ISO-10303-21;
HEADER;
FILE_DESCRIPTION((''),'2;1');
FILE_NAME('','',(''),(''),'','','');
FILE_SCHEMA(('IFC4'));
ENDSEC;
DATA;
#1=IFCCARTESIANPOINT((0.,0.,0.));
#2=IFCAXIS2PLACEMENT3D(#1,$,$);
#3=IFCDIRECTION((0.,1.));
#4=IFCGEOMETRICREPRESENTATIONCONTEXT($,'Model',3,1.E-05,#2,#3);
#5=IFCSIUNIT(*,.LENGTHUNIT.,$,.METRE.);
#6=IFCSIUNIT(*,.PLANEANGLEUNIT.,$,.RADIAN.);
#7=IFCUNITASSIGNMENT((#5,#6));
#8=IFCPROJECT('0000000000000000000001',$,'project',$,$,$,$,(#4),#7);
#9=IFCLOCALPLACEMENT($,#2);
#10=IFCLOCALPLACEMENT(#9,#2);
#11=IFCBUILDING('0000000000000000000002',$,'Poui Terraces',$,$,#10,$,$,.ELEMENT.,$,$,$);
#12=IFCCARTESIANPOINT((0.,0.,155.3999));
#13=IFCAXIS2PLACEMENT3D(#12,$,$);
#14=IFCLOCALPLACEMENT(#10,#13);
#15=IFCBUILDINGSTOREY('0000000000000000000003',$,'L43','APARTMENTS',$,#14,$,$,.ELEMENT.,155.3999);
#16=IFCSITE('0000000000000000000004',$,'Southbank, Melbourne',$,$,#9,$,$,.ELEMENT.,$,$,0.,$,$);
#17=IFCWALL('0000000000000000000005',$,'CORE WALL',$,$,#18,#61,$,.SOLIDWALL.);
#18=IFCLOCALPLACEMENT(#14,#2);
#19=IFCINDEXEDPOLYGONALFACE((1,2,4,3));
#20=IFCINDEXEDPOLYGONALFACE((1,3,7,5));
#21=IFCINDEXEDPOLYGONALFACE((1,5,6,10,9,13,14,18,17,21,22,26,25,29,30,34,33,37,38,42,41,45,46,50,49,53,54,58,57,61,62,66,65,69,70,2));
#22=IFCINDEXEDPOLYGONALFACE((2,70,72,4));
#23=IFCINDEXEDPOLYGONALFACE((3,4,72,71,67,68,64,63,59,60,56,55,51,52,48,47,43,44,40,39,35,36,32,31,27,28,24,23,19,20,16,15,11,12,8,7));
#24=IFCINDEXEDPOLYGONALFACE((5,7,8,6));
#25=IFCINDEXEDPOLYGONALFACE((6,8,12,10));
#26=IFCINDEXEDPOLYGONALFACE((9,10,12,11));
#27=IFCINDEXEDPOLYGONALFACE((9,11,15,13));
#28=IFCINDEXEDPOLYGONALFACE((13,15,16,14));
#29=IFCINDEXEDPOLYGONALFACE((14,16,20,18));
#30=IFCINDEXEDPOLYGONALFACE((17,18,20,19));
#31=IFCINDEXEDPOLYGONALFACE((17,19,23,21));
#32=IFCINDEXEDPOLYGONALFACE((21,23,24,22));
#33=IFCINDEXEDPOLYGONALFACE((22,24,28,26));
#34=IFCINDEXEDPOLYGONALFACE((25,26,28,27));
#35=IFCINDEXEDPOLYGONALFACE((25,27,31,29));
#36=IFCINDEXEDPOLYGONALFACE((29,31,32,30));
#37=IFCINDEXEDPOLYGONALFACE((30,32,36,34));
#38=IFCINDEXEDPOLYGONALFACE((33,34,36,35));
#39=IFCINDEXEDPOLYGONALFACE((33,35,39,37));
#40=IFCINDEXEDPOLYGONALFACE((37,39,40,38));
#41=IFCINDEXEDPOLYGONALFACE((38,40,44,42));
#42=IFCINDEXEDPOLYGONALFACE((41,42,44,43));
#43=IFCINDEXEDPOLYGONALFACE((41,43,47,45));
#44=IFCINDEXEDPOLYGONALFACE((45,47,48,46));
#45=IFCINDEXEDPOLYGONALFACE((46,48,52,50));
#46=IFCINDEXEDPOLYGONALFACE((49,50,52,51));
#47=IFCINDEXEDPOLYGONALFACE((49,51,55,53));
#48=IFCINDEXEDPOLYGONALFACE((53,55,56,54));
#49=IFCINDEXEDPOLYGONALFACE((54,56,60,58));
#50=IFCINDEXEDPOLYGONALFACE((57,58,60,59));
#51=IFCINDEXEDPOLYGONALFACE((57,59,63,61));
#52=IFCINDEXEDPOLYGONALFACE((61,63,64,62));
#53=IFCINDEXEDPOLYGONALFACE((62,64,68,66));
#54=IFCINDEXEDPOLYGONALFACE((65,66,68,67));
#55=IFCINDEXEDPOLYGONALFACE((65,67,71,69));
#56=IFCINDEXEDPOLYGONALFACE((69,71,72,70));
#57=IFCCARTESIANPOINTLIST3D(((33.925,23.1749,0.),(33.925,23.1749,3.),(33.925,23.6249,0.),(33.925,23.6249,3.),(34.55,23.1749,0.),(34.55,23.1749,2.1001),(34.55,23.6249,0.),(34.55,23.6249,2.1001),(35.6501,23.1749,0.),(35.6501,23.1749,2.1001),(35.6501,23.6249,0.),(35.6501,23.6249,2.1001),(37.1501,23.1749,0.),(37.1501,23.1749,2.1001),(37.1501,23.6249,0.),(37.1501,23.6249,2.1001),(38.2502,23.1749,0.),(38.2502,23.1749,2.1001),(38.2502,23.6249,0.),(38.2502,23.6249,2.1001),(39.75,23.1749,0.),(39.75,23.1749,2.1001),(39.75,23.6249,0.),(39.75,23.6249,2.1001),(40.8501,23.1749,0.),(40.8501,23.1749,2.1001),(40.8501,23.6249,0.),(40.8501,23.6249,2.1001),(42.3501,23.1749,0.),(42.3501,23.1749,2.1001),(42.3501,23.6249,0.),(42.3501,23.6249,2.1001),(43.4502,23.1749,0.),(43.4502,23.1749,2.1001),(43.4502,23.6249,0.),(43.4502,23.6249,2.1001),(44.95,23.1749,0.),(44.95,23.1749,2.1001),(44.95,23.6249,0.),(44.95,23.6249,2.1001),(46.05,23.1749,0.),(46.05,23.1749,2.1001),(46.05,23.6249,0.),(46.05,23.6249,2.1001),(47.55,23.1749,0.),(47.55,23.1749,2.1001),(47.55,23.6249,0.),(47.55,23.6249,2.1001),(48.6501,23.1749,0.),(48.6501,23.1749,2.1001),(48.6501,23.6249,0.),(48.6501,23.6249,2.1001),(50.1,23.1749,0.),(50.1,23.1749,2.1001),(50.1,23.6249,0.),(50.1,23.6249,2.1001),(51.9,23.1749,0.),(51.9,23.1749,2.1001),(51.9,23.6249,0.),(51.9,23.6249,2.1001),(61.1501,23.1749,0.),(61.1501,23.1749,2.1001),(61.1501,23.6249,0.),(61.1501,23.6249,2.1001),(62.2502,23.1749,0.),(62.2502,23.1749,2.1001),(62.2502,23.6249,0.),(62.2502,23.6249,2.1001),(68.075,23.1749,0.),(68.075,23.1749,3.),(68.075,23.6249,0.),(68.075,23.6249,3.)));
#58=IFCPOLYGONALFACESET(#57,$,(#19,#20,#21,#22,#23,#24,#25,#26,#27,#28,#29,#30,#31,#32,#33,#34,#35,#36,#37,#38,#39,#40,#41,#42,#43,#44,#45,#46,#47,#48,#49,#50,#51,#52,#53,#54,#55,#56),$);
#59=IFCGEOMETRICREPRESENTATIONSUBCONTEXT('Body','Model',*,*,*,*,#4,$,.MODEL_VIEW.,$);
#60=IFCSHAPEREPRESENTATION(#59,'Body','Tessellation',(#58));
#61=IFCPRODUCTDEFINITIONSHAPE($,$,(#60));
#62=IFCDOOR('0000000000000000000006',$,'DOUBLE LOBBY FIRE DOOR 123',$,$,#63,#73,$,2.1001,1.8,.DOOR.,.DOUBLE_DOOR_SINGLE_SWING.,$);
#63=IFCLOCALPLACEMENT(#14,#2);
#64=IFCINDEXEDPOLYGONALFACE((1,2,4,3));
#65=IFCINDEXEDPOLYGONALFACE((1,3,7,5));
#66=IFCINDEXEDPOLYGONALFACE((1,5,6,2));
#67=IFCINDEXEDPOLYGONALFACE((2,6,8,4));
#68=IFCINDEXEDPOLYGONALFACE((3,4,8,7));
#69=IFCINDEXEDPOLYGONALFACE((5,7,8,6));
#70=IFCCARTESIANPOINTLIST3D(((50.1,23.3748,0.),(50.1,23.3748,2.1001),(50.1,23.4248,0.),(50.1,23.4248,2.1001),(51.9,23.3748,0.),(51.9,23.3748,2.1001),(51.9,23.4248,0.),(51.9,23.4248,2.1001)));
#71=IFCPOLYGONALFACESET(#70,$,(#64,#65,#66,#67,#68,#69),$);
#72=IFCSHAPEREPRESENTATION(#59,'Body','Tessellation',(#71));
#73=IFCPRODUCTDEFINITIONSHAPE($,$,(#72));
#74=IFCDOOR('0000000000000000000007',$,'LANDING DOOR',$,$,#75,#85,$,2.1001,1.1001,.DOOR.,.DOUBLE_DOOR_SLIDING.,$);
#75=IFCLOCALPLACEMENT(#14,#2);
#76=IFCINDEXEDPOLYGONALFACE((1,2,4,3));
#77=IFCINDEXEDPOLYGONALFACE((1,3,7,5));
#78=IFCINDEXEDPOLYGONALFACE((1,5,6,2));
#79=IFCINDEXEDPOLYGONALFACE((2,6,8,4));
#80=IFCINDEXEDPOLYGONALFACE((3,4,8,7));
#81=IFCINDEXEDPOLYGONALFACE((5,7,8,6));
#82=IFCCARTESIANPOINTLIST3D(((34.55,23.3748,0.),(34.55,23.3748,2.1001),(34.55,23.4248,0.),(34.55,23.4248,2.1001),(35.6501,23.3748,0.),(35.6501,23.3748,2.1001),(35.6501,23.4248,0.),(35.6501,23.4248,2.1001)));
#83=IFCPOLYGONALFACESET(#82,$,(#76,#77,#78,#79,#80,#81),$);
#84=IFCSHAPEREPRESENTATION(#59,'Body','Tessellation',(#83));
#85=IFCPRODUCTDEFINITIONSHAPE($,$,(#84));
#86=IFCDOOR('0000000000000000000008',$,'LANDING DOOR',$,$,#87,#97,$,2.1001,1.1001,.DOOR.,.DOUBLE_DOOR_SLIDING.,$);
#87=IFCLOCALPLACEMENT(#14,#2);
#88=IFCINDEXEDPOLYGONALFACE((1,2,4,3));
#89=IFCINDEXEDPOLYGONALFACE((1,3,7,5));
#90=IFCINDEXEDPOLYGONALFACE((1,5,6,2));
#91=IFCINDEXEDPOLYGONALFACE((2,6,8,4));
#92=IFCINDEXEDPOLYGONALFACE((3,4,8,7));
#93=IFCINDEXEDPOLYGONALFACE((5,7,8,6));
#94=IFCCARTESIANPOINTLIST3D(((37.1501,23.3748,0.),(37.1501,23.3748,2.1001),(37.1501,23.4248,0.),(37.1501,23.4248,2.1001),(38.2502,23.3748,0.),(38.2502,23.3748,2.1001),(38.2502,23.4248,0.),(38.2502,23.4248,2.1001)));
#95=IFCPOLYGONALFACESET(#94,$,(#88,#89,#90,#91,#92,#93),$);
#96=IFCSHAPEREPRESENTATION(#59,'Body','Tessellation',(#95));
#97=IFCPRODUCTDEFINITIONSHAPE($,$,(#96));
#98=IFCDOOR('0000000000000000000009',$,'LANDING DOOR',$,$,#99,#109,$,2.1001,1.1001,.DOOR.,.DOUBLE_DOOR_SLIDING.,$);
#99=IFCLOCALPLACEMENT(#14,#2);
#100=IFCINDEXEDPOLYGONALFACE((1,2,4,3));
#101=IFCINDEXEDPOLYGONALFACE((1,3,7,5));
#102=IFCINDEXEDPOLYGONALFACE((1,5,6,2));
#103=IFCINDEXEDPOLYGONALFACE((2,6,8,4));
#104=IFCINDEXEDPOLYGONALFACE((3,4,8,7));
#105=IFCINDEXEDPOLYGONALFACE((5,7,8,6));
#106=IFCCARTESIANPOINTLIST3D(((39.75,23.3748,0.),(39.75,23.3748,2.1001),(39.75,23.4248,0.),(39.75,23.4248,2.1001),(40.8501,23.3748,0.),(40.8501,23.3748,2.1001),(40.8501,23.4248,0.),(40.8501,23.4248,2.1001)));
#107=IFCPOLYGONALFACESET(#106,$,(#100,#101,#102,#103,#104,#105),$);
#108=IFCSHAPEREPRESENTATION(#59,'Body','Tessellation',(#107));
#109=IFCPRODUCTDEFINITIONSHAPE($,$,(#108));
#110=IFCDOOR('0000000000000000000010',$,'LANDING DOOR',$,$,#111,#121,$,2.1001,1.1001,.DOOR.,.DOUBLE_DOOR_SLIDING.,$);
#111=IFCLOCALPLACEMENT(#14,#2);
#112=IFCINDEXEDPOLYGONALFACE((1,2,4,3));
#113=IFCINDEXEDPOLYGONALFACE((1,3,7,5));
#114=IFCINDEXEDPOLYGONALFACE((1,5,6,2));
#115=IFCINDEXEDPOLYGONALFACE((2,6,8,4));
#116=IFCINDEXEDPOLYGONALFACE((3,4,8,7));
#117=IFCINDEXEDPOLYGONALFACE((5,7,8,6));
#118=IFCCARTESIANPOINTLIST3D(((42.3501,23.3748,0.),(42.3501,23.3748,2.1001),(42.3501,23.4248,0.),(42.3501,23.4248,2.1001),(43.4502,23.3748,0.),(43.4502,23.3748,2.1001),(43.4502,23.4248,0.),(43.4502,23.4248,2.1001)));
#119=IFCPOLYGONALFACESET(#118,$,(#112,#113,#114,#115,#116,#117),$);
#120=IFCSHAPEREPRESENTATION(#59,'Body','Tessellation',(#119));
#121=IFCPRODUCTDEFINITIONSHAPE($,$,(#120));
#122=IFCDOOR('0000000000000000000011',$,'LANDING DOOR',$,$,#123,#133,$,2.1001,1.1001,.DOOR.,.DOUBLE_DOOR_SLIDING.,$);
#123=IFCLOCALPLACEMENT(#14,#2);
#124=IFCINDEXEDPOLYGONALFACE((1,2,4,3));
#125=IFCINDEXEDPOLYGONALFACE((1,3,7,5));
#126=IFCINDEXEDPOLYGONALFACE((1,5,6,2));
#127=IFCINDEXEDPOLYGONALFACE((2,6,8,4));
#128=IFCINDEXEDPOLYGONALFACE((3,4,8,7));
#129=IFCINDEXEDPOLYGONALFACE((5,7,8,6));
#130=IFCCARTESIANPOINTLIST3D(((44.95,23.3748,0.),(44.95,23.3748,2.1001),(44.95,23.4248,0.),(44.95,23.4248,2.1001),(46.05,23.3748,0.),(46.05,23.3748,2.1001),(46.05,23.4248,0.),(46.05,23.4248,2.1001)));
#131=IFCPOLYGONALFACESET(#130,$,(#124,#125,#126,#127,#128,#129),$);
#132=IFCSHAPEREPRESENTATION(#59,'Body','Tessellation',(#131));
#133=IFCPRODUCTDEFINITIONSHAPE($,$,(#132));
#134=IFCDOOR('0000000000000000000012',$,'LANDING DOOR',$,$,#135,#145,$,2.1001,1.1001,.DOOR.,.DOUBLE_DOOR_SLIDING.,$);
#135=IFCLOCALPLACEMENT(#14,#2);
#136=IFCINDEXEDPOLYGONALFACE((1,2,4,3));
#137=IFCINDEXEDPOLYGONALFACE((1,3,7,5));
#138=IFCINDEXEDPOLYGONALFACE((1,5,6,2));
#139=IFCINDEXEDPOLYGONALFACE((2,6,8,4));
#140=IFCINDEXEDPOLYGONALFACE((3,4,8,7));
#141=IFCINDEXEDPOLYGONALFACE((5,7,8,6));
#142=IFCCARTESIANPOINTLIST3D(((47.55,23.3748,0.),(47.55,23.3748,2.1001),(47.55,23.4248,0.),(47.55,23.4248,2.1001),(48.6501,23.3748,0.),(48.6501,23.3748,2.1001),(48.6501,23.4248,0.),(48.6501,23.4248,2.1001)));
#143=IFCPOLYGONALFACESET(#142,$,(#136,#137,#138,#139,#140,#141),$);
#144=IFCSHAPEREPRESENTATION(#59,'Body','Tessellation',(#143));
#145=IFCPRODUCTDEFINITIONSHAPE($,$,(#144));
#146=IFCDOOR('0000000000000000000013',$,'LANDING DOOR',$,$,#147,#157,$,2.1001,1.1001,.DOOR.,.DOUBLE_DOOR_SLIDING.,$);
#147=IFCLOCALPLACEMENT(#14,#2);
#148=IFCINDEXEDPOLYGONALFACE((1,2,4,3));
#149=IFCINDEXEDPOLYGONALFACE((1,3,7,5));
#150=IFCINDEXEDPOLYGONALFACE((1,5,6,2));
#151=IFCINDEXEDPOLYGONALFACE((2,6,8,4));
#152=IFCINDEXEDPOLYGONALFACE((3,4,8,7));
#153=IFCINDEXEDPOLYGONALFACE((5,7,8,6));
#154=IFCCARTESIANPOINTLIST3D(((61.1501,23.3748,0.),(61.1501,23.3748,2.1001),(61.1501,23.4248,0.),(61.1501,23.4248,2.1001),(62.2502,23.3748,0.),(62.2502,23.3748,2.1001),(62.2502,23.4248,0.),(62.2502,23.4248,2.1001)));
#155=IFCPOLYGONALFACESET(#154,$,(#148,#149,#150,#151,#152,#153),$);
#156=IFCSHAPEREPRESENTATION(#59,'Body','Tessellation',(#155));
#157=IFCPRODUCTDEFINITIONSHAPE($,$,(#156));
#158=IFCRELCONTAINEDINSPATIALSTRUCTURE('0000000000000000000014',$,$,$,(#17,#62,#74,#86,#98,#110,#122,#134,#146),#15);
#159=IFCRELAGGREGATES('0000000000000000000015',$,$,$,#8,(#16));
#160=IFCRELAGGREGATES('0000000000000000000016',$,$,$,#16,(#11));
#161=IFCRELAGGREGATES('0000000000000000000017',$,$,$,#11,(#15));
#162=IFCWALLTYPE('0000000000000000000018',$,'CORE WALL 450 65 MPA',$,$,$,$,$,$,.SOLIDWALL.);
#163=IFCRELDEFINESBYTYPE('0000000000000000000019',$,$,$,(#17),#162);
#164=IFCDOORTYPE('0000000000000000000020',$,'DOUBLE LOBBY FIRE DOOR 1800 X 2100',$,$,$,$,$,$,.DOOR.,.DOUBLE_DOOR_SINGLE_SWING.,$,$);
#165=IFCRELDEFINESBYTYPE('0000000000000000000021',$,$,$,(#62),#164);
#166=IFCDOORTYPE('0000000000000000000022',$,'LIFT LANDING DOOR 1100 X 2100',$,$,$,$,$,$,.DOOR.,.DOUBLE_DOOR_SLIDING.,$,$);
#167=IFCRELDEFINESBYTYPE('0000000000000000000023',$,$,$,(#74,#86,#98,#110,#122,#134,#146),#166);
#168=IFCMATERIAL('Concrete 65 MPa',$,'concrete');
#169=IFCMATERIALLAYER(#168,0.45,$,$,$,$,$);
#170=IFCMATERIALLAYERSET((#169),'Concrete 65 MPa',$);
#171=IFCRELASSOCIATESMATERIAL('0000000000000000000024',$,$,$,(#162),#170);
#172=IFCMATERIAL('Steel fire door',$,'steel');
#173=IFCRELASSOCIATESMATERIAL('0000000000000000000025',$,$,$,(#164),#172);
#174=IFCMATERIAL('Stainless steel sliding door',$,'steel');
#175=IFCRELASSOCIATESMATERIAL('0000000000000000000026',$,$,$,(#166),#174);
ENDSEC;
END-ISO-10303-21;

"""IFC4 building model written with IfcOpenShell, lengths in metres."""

from ifc_helpers import new_model, si_unit, direction, frame, frame_2d, origin, place, context, subcontext, project, spatial, rectangle, extrude, material, layer, layer_set, type_object, element, fill, save


model = new_model("IFC4")

# Units and contexts
model_context = context("Model", 3, precision=1e-05, world=origin(), true_north=direction((0.0, 1.0)))
body_context = subcontext(model_context, "Body", "Model", "MODEL_VIEW")
ifc_project = project(units=[si_unit("LENGTHUNIT", "METRE"), si_unit("PLANEANGLEUNIT", "RADIAN")], contexts=[model_context])

# Site, building, storey
site_placement = place(None, origin())
site = spatial("IfcSite", under=ifc_project, at=site_placement, Name="Southbank, Melbourne", CompositionType="ELEMENT", RefElevation=0.0)
building_placement = place(site_placement, origin())
building = spatial("IfcBuilding", under=site, at=building_placement, Name="Poui Terraces", CompositionType="ELEMENT")
storey_placement = place(building_placement, frame((0.0, 0.0, 155.3999)))
storey = spatial("IfcBuildingStorey", under=building, at=storey_placement, Name="L43", Description="APARTMENTS", CompositionType="ELEMENT", Elevation=155.3999)

# Shared definitions
ifc_material_1 = material(Name="Concrete 65 MPa", Category="concrete")

# Wall, openings, doors
ifc_layer_1 = layer(ifc_material_1, 0.45)
ifc_layer_set_1 = layer_set([ifc_layer_1], Name="Concrete 65 MPa")
wall_type_1 = type_object("IfcWallType", Name="CORE WALL 450 65 MPA", PredefinedType="SOLIDWALL", material=ifc_layer_set_1)
wall_1_placement = place(storey_placement, frame((33.925, 23.3999, 0.0), z_axis=(0.0, 0.0, 1.0), x_axis=(1.0, 0.0, 0.0)))
wall_1 = element("IfcWall", 1, at=wall_1_placement, inside=storey, type_object=wall_type_1, Name="CORE WALL", PredefinedType="SOLIDWALL", context=body_context, shape_type="SweptSolid", body=[
    extrude(rectangle(XDim=34.1499, YDim=0.45, at=frame_2d((17.075, 0.0))), origin(), (0.0, 0.0, 1.0), 3.0),
])
opening_1_placement = place(wall_1_placement, frame((16.175, 0.0, 0.0)))
opening_1 = element("IfcOpeningElement", 2, at=opening_1_placement, cuts=wall_1, PredefinedType="OPENING", context=body_context, shape_type="SweptSolid", body=[
    extrude(rectangle(XDim=1.8, YDim=2.1001, at=frame_2d((0.8999, 1.05))), frame((0.0, 0.2349, 0.0), z_axis=(0.0, -1.0, 0.0), x_axis=(1.0, 0.0, 0.0)), (0.0, 0.0, 1.0), 0.47),
])
opening_2_placement = place(wall_1_placement, frame((0.625, 0.0, 0.0)))
opening_2 = element("IfcOpeningElement", 3, at=opening_2_placement, cuts=wall_1, PredefinedType="OPENING", context=body_context, shape_type="SweptSolid", body=[
    extrude(rectangle(XDim=1.1001, YDim=2.1001, at=frame_2d((0.55, 1.05))), frame((0.0, 0.2349, 0.0), z_axis=(0.0, -1.0, 0.0), x_axis=(1.0, 0.0, 0.0)), (0.0, 0.0, 1.0), 0.47),
])
opening_3_placement = place(wall_1_placement, frame((3.2251, 0.0, 0.0)))
opening_3 = element("IfcOpeningElement", 4, at=opening_3_placement, cuts=wall_1, PredefinedType="OPENING", context=body_context, shape_type="SweptSolid", body=[
    extrude(rectangle(XDim=1.1001, YDim=2.1001, at=frame_2d((0.55, 1.05))), frame((0.0, 0.2349, 0.0), z_axis=(0.0, -1.0, 0.0), x_axis=(1.0, 0.0, 0.0)), (0.0, 0.0, 1.0), 0.47),
])
opening_4_placement = place(wall_1_placement, frame((5.825, 0.0, 0.0)))
opening_4 = element("IfcOpeningElement", 5, at=opening_4_placement, cuts=wall_1, PredefinedType="OPENING", context=body_context, shape_type="SweptSolid", body=[
    extrude(rectangle(XDim=1.1001, YDim=2.1001, at=frame_2d((0.55, 1.05))), frame((0.0, 0.2349, 0.0), z_axis=(0.0, -1.0, 0.0), x_axis=(1.0, 0.0, 0.0)), (0.0, 0.0, 1.0), 0.47),
])
opening_5_placement = place(wall_1_placement, frame((8.425, 0.0, 0.0)))
opening_5 = element("IfcOpeningElement", 6, at=opening_5_placement, cuts=wall_1, PredefinedType="OPENING", context=body_context, shape_type="SweptSolid", body=[
    extrude(rectangle(XDim=1.1001, YDim=2.1001, at=frame_2d((0.55, 1.05))), frame((0.0, 0.2349, 0.0), z_axis=(0.0, -1.0, 0.0), x_axis=(1.0, 0.0, 0.0)), (0.0, 0.0, 1.0), 0.47),
])
opening_6_placement = place(wall_1_placement, frame((11.0249, 0.0, 0.0)))
opening_6 = element("IfcOpeningElement", 7, at=opening_6_placement, cuts=wall_1, PredefinedType="OPENING", context=body_context, shape_type="SweptSolid", body=[
    extrude(rectangle(XDim=1.1001, YDim=2.1001, at=frame_2d((0.55, 1.05))), frame((0.0, 0.2349, 0.0), z_axis=(0.0, -1.0, 0.0), x_axis=(1.0, 0.0, 0.0)), (0.0, 0.0, 1.0), 0.47),
])
opening_7_placement = place(wall_1_placement, frame((13.625, 0.0, 0.0)))
opening_7 = element("IfcOpeningElement", 8, at=opening_7_placement, cuts=wall_1, PredefinedType="OPENING", context=body_context, shape_type="SweptSolid", body=[
    extrude(rectangle(XDim=1.1001, YDim=2.1001, at=frame_2d((0.55, 1.05))), frame((0.0, 0.2349, 0.0), z_axis=(0.0, -1.0, 0.0), x_axis=(1.0, 0.0, 0.0)), (0.0, 0.0, 1.0), 0.47),
])
opening_8_placement = place(wall_1_placement, frame((27.2251, 0.0, 0.0)))
opening_8 = element("IfcOpeningElement", 9, at=opening_8_placement, cuts=wall_1, PredefinedType="OPENING", context=body_context, shape_type="SweptSolid", body=[
    extrude(rectangle(XDim=1.1001, YDim=2.1001, at=frame_2d((0.55, 1.05))), frame((0.0, 0.2349, 0.0), z_axis=(0.0, -1.0, 0.0), x_axis=(1.0, 0.0, 0.0)), (0.0, 0.0, 1.0), 0.47),
])
ifc_material_2 = material(Name="Steel fire door", Category="steel")
door_type_1 = type_object("IfcDoorType", Name="DOUBLE LOBBY FIRE DOOR 1800 X 2100", OperationType="DOUBLE_DOOR_SINGLE_SWING", PredefinedType="DOOR", material=ifc_material_2)
door_1_placement = place(opening_1_placement, origin())
door_1 = element("IfcDoor", 10, at=door_1_placement, inside=storey, type_object=door_type_1, Name="DOUBLE LOBBY FIRE DOOR 123", OperationType="DOUBLE_DOOR_SINGLE_SWING", OverallHeight=2.1001, OverallWidth=1.8, PredefinedType="DOOR", context=body_context, shape_type="SweptSolid", body=[
    extrude(rectangle(XDim=1.8, YDim=2.1001, at=frame_2d((0.8999, 1.05))), frame((0.0, 0.0249, 0.0), z_axis=(0.0, -1.0, 0.0), x_axis=(1.0, 0.0, 0.0)), (0.0, 0.0, 1.0), 0.05),
])
fill(opening_1, door_1)
ifc_material_3 = material(Name="Stainless steel sliding door", Category="steel")
door_type_2 = type_object("IfcDoorType", Name="LIFT LANDING DOOR 1100 X 2100", OperationType="DOUBLE_DOOR_SLIDING", PredefinedType="DOOR", material=ifc_material_3)
door_2_placement = place(opening_2_placement, origin())
door_2 = element("IfcDoor", 11, at=door_2_placement, inside=storey, type_object=door_type_2, Name="LANDING DOOR", OperationType="DOUBLE_DOOR_SLIDING", OverallHeight=2.1001, OverallWidth=1.1001, PredefinedType="DOOR", context=body_context, shape_type="SweptSolid", body=[
    extrude(rectangle(XDim=1.1001, YDim=2.1001, at=frame_2d((0.55, 1.05))), frame((0.0, 0.0249, 0.0), z_axis=(0.0, -1.0, 0.0), x_axis=(1.0, 0.0, 0.0)), (0.0, 0.0, 1.0), 0.05),
])
fill(opening_2, door_2)
door_3_placement = place(opening_3_placement, origin())
door_3 = element("IfcDoor", 12, at=door_3_placement, inside=storey, type_object=door_type_2, Name="LANDING DOOR", OperationType="DOUBLE_DOOR_SLIDING", OverallHeight=2.1001, OverallWidth=1.1001, PredefinedType="DOOR", context=body_context, shape_type="SweptSolid", body=[
    extrude(rectangle(XDim=1.1001, YDim=2.1001, at=frame_2d((0.55, 1.05))), frame((0.0, 0.0249, 0.0), z_axis=(0.0, -1.0, 0.0), x_axis=(1.0, 0.0, 0.0)), (0.0, 0.0, 1.0), 0.05),
])
fill(opening_3, door_3)
door_4_placement = place(opening_4_placement, origin())
door_4 = element("IfcDoor", 13, at=door_4_placement, inside=storey, type_object=door_type_2, Name="LANDING DOOR", OperationType="DOUBLE_DOOR_SLIDING", OverallHeight=2.1001, OverallWidth=1.1001, PredefinedType="DOOR", context=body_context, shape_type="SweptSolid", body=[
    extrude(rectangle(XDim=1.1001, YDim=2.1001, at=frame_2d((0.55, 1.05))), frame((0.0, 0.0249, 0.0), z_axis=(0.0, -1.0, 0.0), x_axis=(1.0, 0.0, 0.0)), (0.0, 0.0, 1.0), 0.05),
])
fill(opening_4, door_4)
door_5_placement = place(opening_5_placement, origin())
door_5 = element("IfcDoor", 14, at=door_5_placement, inside=storey, type_object=door_type_2, Name="LANDING DOOR", OperationType="DOUBLE_DOOR_SLIDING", OverallHeight=2.1001, OverallWidth=1.1001, PredefinedType="DOOR", context=body_context, shape_type="SweptSolid", body=[
    extrude(rectangle(XDim=1.1001, YDim=2.1001, at=frame_2d((0.55, 1.05))), frame((0.0, 0.0249, 0.0), z_axis=(0.0, -1.0, 0.0), x_axis=(1.0, 0.0, 0.0)), (0.0, 0.0, 1.0), 0.05),
])
fill(opening_5, door_5)
door_6_placement = place(opening_6_placement, origin())
door_6 = element("IfcDoor", 15, at=door_6_placement, inside=storey, type_object=door_type_2, Name="LANDING DOOR", OperationType="DOUBLE_DOOR_SLIDING", OverallHeight=2.1001, OverallWidth=1.1001, PredefinedType="DOOR", context=body_context, shape_type="SweptSolid", body=[
    extrude(rectangle(XDim=1.1001, YDim=2.1001, at=frame_2d((0.55, 1.05))), frame((0.0, 0.0249, 0.0), z_axis=(0.0, -1.0, 0.0), x_axis=(1.0, 0.0, 0.0)), (0.0, 0.0, 1.0), 0.05),
])
fill(opening_6, door_6)
door_7_placement = place(opening_7_placement, origin())
door_7 = element("IfcDoor", 16, at=door_7_placement, inside=storey, type_object=door_type_2, Name="LANDING DOOR", OperationType="DOUBLE_DOOR_SLIDING", OverallHeight=2.1001, OverallWidth=1.1001, PredefinedType="DOOR", context=body_context, shape_type="SweptSolid", body=[
    extrude(rectangle(XDim=1.1001, YDim=2.1001, at=frame_2d((0.55, 1.05))), frame((0.0, 0.0249, 0.0), z_axis=(0.0, -1.0, 0.0), x_axis=(1.0, 0.0, 0.0)), (0.0, 0.0, 1.0), 0.05),
])
fill(opening_7, door_7)
door_8_placement = place(opening_8_placement, origin())
door_8 = element("IfcDoor", 17, at=door_8_placement, inside=storey, type_object=door_type_2, Name="LANDING DOOR", OperationType="DOUBLE_DOOR_SLIDING", OverallHeight=2.1001, OverallWidth=1.1001, PredefinedType="DOOR", context=body_context, shape_type="SweptSolid", body=[
    extrude(rectangle(XDim=1.1001, YDim=2.1001, at=frame_2d((0.55, 1.05))), frame((0.0, 0.0249, 0.0), z_axis=(0.0, -1.0, 0.0), x_axis=(1.0, 0.0, 0.0)), (0.0, 0.0, 1.0), 0.05),
])
fill(opening_8, door_8)

save(model, "model.ifc")
